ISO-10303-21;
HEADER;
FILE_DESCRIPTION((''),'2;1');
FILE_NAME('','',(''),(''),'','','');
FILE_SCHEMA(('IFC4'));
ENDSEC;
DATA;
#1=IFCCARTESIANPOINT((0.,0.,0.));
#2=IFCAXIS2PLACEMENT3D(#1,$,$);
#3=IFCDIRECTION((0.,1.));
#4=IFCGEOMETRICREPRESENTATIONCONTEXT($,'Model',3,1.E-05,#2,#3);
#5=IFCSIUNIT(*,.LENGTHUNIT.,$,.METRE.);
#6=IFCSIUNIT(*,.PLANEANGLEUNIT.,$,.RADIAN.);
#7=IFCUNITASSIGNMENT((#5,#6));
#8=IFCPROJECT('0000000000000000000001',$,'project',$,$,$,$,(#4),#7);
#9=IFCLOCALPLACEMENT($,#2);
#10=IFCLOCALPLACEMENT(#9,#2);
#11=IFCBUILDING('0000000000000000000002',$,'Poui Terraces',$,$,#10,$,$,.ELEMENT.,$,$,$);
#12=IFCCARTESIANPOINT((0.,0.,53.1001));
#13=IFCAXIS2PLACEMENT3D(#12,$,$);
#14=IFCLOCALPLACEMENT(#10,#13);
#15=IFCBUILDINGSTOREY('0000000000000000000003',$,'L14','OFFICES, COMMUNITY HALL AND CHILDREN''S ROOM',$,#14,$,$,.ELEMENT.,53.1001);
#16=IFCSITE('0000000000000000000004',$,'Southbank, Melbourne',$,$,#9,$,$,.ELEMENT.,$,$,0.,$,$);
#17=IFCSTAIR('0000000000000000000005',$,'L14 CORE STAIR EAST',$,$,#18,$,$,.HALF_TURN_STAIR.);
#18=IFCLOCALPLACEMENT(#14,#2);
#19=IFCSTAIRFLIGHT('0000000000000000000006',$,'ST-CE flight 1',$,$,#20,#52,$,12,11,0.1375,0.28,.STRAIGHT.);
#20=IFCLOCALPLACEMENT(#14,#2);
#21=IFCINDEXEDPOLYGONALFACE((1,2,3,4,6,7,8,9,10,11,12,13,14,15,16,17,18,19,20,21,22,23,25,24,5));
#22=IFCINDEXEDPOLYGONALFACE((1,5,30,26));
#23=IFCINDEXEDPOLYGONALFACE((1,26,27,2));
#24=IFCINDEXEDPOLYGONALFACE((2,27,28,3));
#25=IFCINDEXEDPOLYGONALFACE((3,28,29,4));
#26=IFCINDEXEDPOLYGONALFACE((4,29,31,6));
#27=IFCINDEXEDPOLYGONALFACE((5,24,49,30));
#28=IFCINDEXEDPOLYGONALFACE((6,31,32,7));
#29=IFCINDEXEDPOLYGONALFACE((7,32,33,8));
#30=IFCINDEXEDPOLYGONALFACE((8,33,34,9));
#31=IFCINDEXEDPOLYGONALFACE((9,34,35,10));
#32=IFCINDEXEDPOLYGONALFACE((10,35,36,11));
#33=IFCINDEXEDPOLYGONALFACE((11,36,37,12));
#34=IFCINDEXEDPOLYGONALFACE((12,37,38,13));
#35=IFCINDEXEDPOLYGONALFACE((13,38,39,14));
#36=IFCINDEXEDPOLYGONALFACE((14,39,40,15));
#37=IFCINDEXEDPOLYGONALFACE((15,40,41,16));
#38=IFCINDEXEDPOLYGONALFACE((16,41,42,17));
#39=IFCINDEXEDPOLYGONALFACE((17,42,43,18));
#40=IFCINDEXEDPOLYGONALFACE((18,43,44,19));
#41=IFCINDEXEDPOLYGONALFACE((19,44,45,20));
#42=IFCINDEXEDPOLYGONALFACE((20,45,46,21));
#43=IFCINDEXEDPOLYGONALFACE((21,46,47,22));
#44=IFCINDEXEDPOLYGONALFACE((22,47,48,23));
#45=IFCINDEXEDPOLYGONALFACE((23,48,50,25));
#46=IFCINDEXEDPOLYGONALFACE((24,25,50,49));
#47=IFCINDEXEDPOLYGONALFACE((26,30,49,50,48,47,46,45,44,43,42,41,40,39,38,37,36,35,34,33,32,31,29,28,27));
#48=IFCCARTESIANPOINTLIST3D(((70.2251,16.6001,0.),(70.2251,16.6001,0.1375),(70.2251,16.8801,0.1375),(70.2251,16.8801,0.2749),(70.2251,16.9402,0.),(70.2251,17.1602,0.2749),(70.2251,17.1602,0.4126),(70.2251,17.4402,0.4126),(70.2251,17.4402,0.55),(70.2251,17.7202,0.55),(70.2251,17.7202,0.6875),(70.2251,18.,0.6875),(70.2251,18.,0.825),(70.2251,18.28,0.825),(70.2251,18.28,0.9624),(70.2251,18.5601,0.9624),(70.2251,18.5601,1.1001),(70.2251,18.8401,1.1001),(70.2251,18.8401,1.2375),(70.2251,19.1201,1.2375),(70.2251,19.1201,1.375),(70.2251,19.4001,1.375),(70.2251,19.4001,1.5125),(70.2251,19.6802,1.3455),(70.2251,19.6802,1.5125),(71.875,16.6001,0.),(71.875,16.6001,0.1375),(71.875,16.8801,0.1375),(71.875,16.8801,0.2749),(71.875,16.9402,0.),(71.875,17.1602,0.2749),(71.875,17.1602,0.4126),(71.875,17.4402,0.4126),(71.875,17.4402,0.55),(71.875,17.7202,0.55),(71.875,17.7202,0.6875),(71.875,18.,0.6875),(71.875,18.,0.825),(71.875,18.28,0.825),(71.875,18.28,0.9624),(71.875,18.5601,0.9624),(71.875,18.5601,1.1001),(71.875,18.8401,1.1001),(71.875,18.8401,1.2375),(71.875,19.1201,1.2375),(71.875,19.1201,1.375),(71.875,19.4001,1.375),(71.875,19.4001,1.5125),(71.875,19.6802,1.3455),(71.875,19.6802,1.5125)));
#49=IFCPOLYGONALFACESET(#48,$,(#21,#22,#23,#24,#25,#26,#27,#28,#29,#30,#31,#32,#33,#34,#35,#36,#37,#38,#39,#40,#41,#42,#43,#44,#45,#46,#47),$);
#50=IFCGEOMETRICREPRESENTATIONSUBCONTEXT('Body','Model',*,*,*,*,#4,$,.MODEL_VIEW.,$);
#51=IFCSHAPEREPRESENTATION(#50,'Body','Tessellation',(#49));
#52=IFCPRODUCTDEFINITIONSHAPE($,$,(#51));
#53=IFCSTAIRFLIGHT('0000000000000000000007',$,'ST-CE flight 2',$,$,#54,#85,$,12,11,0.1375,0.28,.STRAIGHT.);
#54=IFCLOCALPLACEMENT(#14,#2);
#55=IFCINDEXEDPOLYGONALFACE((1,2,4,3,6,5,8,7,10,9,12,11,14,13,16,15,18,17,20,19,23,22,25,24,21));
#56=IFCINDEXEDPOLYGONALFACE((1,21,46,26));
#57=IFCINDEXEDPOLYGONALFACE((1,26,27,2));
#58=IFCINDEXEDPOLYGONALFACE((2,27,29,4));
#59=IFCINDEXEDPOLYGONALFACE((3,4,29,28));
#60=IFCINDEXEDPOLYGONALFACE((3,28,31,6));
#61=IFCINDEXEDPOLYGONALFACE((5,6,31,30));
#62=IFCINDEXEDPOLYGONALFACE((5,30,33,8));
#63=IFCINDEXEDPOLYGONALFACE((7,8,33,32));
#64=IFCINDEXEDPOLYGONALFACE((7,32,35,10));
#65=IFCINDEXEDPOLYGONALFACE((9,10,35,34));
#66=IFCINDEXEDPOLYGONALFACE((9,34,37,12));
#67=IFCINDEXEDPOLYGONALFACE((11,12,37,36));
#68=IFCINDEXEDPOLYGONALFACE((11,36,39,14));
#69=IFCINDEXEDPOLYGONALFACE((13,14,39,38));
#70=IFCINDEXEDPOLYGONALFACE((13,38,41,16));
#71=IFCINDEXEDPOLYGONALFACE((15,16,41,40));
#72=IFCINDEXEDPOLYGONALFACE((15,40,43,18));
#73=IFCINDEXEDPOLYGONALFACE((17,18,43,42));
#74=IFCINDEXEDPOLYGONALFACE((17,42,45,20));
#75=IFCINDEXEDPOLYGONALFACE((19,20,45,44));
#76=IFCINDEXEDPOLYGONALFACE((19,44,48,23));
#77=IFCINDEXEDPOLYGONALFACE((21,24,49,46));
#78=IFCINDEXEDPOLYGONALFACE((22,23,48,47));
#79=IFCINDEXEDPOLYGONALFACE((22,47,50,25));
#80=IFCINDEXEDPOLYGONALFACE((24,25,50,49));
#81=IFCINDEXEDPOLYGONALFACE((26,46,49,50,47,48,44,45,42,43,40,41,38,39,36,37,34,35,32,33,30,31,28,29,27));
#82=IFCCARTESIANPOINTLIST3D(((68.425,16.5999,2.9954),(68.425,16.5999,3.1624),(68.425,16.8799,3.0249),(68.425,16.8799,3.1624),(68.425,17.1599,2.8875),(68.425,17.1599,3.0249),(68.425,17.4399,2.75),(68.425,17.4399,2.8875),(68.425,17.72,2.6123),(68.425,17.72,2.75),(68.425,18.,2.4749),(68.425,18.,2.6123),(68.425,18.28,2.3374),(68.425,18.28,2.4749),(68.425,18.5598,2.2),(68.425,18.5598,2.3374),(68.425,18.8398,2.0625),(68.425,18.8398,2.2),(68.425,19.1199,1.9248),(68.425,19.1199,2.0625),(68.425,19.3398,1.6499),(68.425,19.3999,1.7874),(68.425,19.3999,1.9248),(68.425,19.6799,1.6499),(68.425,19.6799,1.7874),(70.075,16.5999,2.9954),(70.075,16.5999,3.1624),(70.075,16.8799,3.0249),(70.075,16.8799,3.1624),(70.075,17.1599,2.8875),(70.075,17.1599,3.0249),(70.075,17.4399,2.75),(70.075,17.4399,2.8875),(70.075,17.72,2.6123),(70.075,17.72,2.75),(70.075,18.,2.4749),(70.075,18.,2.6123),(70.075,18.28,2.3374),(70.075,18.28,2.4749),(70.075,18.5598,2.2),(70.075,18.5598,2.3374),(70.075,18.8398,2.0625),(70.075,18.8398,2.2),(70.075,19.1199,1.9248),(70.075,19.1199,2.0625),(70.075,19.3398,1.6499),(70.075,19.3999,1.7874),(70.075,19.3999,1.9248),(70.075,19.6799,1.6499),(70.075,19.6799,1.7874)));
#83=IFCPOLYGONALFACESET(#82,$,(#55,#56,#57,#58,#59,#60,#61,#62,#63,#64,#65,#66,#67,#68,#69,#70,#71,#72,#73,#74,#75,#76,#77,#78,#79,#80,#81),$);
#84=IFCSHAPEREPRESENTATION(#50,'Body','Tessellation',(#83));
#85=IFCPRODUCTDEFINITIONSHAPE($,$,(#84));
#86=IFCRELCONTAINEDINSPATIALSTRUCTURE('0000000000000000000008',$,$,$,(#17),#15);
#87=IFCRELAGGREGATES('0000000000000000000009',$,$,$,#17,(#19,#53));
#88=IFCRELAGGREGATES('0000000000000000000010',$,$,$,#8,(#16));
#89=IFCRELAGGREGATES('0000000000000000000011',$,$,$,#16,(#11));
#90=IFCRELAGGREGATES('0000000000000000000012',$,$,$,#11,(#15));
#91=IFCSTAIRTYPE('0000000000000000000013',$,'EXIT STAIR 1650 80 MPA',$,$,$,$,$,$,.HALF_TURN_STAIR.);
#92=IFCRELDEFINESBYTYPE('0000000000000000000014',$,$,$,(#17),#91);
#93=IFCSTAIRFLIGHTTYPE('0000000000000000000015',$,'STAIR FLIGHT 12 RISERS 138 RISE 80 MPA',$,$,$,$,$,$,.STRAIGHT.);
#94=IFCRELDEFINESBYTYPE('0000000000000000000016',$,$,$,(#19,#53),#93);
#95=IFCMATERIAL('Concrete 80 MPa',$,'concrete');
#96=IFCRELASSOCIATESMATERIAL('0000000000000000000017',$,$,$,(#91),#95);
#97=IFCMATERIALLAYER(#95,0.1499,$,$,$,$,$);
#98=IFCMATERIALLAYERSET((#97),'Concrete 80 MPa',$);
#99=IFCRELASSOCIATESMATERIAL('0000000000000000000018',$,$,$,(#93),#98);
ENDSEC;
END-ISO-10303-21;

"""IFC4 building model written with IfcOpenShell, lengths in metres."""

from ifc_helpers import new_model, si_unit, direction, frame, origin, place, context, subcontext, project, spatial, polyline, outline, extrude, material, layer, layer_set, type_object, element, aggregate, save


model = new_model("IFC4")

# Units and contexts
model_context = context("Model", 3, precision=1e-05, world=origin(), true_north=direction((0.0, 1.0)))
body_context = subcontext(model_context, "Body", "Model", "MODEL_VIEW")
ifc_project = project(units=[si_unit("LENGTHUNIT", "METRE"), si_unit("PLANEANGLEUNIT", "RADIAN")], contexts=[model_context])

# Site, building, storey
site_placement = place(None, origin())
site = spatial("IfcSite", under=ifc_project, at=site_placement, Name="Southbank, Melbourne", CompositionType="ELEMENT", RefElevation=0.0)
building_placement = place(site_placement, origin())
building = spatial("IfcBuilding", under=site, at=building_placement, Name="Poui Terraces", CompositionType="ELEMENT")
storey_placement = place(building_placement, frame((0.0, 0.0, 53.1001)))
storey = spatial("IfcBuildingStorey", under=building, at=storey_placement, Name="L14", Description="OFFICES, COMMUNITY HALL AND CHILDREN'S ROOM", CompositionType="ELEMENT", Elevation=53.1001)

# Shared definitions
ifc_material_1 = material(Name="Concrete 80 MPa", Category="concrete")

# Stair, stair flights
stair_type = type_object("IfcStairType", Name="EXIT STAIR 1650 80 MPA", PredefinedType="HALF_TURN_STAIR", material=ifc_material_1)
stair_placement = place(storey_placement, origin())
stair = element("IfcStair", 1, at=stair_placement, inside=storey, type_object=stair_type, Name="L14 CORE STAIR EAST", PredefinedType="HALF_TURN_STAIR")
ifc_layer_1 = layer(ifc_material_1, 0.1499)
ifc_layer_set_1 = layer_set([ifc_layer_1], Name="Concrete 80 MPa")
stair_flight_type = type_object("IfcStairFlightType", Name="STAIR FLIGHT 12 RISERS 138 RISE 80 MPA", PredefinedType="STRAIGHT", material=ifc_layer_set_1)
stair_flight_1_placement = place(storey_placement, frame((71.05, 16.6001, 0.0), z_axis=(0.0, 0.0, 1.0), x_axis=(0.0, 1.0, 0.0)))
stair_flight_1 = element("IfcStairFlight", 2, at=stair_flight_1_placement, type_object=stair_flight_type, Name="ST-CE flight 1", NumberOfRisers=12, NumberOfTreads=11, PredefinedType="STRAIGHT", RiserHeight=0.1375, TreadLength=0.28, context=body_context, shape_type="SweptSolid", body=[
    extrude(outline(polyline([(0.0, 0.0), (0.0, 0.1375), (0.28, 0.1375), (0.28, 0.2749), (0.5601, 0.2749), (0.5601, 0.4126), (0.8401, 0.4126), (0.8401, 0.55), (1.1201, 0.55), (1.1201, 0.6875), (1.3999, 0.6875), (1.3999, 0.825), (1.6799, 0.825), (1.6799, 0.9624), (1.96, 0.9624), (1.96, 1.1001), (2.24, 1.1001), (2.24, 1.2375), (2.52, 1.2375), (2.52, 1.375), (2.8, 1.375), (2.8, 1.5125), (3.0801, 1.5125), (3.0801, 1.6499), (3.0801, 1.3455), (0.3401, 0.0), (0.0, 0.0)])), frame((0.0, 0.825, 0.0), z_axis=(0.0, -1.0, 0.0), x_axis=(1.0, 0.0, 0.0)), (0.0, 0.0, 1.0), 1.6499),
])
stair_flight_2_placement = place(storey_placement, frame((69.25, 19.6799, 1.6499), z_axis=(0.0, 0.0, 1.0), x_axis=(0.0, -1.0, 0.0)))
stair_flight_2 = element("IfcStairFlight", 3, at=stair_flight_2_placement, type_object=stair_flight_type, Name="ST-CE flight 2", NumberOfRisers=12, NumberOfTreads=11, PredefinedType="STRAIGHT", RiserHeight=0.1375, TreadLength=0.28, context=body_context, shape_type="SweptSolid", body=[
    extrude(outline(polyline([(0.0, 0.0), (0.0, 0.1375), (0.28, 0.1375), (0.28, 0.2749), (0.5601, 0.2749), (0.5601, 0.4126), (0.8401, 0.4126), (0.8401, 0.55), (1.1201, 0.55), (1.1201, 0.6875), (1.3999, 0.6875), (1.3999, 0.825), (1.6799, 0.825), (1.6799, 0.9624), (1.96, 0.9624), (1.96, 1.1001), (2.24, 1.1001), (2.24, 1.2375), (2.52, 1.2375), (2.52, 1.375), (2.8, 1.375), (2.8, 1.5125), (3.0801, 1.5125), (3.0801, 1.6499), (3.0801, 1.3455), (0.3401, 0.0), (0.0, 0.0)])), frame((0.0, 0.825, 0.0), z_axis=(0.0, -1.0, 0.0), x_axis=(1.0, 0.0, 0.0)), (0.0, 0.0, 1.0), 1.6499),
])
aggregate(stair, [stair_flight_1, stair_flight_2])

save(model, "model.ifc")
